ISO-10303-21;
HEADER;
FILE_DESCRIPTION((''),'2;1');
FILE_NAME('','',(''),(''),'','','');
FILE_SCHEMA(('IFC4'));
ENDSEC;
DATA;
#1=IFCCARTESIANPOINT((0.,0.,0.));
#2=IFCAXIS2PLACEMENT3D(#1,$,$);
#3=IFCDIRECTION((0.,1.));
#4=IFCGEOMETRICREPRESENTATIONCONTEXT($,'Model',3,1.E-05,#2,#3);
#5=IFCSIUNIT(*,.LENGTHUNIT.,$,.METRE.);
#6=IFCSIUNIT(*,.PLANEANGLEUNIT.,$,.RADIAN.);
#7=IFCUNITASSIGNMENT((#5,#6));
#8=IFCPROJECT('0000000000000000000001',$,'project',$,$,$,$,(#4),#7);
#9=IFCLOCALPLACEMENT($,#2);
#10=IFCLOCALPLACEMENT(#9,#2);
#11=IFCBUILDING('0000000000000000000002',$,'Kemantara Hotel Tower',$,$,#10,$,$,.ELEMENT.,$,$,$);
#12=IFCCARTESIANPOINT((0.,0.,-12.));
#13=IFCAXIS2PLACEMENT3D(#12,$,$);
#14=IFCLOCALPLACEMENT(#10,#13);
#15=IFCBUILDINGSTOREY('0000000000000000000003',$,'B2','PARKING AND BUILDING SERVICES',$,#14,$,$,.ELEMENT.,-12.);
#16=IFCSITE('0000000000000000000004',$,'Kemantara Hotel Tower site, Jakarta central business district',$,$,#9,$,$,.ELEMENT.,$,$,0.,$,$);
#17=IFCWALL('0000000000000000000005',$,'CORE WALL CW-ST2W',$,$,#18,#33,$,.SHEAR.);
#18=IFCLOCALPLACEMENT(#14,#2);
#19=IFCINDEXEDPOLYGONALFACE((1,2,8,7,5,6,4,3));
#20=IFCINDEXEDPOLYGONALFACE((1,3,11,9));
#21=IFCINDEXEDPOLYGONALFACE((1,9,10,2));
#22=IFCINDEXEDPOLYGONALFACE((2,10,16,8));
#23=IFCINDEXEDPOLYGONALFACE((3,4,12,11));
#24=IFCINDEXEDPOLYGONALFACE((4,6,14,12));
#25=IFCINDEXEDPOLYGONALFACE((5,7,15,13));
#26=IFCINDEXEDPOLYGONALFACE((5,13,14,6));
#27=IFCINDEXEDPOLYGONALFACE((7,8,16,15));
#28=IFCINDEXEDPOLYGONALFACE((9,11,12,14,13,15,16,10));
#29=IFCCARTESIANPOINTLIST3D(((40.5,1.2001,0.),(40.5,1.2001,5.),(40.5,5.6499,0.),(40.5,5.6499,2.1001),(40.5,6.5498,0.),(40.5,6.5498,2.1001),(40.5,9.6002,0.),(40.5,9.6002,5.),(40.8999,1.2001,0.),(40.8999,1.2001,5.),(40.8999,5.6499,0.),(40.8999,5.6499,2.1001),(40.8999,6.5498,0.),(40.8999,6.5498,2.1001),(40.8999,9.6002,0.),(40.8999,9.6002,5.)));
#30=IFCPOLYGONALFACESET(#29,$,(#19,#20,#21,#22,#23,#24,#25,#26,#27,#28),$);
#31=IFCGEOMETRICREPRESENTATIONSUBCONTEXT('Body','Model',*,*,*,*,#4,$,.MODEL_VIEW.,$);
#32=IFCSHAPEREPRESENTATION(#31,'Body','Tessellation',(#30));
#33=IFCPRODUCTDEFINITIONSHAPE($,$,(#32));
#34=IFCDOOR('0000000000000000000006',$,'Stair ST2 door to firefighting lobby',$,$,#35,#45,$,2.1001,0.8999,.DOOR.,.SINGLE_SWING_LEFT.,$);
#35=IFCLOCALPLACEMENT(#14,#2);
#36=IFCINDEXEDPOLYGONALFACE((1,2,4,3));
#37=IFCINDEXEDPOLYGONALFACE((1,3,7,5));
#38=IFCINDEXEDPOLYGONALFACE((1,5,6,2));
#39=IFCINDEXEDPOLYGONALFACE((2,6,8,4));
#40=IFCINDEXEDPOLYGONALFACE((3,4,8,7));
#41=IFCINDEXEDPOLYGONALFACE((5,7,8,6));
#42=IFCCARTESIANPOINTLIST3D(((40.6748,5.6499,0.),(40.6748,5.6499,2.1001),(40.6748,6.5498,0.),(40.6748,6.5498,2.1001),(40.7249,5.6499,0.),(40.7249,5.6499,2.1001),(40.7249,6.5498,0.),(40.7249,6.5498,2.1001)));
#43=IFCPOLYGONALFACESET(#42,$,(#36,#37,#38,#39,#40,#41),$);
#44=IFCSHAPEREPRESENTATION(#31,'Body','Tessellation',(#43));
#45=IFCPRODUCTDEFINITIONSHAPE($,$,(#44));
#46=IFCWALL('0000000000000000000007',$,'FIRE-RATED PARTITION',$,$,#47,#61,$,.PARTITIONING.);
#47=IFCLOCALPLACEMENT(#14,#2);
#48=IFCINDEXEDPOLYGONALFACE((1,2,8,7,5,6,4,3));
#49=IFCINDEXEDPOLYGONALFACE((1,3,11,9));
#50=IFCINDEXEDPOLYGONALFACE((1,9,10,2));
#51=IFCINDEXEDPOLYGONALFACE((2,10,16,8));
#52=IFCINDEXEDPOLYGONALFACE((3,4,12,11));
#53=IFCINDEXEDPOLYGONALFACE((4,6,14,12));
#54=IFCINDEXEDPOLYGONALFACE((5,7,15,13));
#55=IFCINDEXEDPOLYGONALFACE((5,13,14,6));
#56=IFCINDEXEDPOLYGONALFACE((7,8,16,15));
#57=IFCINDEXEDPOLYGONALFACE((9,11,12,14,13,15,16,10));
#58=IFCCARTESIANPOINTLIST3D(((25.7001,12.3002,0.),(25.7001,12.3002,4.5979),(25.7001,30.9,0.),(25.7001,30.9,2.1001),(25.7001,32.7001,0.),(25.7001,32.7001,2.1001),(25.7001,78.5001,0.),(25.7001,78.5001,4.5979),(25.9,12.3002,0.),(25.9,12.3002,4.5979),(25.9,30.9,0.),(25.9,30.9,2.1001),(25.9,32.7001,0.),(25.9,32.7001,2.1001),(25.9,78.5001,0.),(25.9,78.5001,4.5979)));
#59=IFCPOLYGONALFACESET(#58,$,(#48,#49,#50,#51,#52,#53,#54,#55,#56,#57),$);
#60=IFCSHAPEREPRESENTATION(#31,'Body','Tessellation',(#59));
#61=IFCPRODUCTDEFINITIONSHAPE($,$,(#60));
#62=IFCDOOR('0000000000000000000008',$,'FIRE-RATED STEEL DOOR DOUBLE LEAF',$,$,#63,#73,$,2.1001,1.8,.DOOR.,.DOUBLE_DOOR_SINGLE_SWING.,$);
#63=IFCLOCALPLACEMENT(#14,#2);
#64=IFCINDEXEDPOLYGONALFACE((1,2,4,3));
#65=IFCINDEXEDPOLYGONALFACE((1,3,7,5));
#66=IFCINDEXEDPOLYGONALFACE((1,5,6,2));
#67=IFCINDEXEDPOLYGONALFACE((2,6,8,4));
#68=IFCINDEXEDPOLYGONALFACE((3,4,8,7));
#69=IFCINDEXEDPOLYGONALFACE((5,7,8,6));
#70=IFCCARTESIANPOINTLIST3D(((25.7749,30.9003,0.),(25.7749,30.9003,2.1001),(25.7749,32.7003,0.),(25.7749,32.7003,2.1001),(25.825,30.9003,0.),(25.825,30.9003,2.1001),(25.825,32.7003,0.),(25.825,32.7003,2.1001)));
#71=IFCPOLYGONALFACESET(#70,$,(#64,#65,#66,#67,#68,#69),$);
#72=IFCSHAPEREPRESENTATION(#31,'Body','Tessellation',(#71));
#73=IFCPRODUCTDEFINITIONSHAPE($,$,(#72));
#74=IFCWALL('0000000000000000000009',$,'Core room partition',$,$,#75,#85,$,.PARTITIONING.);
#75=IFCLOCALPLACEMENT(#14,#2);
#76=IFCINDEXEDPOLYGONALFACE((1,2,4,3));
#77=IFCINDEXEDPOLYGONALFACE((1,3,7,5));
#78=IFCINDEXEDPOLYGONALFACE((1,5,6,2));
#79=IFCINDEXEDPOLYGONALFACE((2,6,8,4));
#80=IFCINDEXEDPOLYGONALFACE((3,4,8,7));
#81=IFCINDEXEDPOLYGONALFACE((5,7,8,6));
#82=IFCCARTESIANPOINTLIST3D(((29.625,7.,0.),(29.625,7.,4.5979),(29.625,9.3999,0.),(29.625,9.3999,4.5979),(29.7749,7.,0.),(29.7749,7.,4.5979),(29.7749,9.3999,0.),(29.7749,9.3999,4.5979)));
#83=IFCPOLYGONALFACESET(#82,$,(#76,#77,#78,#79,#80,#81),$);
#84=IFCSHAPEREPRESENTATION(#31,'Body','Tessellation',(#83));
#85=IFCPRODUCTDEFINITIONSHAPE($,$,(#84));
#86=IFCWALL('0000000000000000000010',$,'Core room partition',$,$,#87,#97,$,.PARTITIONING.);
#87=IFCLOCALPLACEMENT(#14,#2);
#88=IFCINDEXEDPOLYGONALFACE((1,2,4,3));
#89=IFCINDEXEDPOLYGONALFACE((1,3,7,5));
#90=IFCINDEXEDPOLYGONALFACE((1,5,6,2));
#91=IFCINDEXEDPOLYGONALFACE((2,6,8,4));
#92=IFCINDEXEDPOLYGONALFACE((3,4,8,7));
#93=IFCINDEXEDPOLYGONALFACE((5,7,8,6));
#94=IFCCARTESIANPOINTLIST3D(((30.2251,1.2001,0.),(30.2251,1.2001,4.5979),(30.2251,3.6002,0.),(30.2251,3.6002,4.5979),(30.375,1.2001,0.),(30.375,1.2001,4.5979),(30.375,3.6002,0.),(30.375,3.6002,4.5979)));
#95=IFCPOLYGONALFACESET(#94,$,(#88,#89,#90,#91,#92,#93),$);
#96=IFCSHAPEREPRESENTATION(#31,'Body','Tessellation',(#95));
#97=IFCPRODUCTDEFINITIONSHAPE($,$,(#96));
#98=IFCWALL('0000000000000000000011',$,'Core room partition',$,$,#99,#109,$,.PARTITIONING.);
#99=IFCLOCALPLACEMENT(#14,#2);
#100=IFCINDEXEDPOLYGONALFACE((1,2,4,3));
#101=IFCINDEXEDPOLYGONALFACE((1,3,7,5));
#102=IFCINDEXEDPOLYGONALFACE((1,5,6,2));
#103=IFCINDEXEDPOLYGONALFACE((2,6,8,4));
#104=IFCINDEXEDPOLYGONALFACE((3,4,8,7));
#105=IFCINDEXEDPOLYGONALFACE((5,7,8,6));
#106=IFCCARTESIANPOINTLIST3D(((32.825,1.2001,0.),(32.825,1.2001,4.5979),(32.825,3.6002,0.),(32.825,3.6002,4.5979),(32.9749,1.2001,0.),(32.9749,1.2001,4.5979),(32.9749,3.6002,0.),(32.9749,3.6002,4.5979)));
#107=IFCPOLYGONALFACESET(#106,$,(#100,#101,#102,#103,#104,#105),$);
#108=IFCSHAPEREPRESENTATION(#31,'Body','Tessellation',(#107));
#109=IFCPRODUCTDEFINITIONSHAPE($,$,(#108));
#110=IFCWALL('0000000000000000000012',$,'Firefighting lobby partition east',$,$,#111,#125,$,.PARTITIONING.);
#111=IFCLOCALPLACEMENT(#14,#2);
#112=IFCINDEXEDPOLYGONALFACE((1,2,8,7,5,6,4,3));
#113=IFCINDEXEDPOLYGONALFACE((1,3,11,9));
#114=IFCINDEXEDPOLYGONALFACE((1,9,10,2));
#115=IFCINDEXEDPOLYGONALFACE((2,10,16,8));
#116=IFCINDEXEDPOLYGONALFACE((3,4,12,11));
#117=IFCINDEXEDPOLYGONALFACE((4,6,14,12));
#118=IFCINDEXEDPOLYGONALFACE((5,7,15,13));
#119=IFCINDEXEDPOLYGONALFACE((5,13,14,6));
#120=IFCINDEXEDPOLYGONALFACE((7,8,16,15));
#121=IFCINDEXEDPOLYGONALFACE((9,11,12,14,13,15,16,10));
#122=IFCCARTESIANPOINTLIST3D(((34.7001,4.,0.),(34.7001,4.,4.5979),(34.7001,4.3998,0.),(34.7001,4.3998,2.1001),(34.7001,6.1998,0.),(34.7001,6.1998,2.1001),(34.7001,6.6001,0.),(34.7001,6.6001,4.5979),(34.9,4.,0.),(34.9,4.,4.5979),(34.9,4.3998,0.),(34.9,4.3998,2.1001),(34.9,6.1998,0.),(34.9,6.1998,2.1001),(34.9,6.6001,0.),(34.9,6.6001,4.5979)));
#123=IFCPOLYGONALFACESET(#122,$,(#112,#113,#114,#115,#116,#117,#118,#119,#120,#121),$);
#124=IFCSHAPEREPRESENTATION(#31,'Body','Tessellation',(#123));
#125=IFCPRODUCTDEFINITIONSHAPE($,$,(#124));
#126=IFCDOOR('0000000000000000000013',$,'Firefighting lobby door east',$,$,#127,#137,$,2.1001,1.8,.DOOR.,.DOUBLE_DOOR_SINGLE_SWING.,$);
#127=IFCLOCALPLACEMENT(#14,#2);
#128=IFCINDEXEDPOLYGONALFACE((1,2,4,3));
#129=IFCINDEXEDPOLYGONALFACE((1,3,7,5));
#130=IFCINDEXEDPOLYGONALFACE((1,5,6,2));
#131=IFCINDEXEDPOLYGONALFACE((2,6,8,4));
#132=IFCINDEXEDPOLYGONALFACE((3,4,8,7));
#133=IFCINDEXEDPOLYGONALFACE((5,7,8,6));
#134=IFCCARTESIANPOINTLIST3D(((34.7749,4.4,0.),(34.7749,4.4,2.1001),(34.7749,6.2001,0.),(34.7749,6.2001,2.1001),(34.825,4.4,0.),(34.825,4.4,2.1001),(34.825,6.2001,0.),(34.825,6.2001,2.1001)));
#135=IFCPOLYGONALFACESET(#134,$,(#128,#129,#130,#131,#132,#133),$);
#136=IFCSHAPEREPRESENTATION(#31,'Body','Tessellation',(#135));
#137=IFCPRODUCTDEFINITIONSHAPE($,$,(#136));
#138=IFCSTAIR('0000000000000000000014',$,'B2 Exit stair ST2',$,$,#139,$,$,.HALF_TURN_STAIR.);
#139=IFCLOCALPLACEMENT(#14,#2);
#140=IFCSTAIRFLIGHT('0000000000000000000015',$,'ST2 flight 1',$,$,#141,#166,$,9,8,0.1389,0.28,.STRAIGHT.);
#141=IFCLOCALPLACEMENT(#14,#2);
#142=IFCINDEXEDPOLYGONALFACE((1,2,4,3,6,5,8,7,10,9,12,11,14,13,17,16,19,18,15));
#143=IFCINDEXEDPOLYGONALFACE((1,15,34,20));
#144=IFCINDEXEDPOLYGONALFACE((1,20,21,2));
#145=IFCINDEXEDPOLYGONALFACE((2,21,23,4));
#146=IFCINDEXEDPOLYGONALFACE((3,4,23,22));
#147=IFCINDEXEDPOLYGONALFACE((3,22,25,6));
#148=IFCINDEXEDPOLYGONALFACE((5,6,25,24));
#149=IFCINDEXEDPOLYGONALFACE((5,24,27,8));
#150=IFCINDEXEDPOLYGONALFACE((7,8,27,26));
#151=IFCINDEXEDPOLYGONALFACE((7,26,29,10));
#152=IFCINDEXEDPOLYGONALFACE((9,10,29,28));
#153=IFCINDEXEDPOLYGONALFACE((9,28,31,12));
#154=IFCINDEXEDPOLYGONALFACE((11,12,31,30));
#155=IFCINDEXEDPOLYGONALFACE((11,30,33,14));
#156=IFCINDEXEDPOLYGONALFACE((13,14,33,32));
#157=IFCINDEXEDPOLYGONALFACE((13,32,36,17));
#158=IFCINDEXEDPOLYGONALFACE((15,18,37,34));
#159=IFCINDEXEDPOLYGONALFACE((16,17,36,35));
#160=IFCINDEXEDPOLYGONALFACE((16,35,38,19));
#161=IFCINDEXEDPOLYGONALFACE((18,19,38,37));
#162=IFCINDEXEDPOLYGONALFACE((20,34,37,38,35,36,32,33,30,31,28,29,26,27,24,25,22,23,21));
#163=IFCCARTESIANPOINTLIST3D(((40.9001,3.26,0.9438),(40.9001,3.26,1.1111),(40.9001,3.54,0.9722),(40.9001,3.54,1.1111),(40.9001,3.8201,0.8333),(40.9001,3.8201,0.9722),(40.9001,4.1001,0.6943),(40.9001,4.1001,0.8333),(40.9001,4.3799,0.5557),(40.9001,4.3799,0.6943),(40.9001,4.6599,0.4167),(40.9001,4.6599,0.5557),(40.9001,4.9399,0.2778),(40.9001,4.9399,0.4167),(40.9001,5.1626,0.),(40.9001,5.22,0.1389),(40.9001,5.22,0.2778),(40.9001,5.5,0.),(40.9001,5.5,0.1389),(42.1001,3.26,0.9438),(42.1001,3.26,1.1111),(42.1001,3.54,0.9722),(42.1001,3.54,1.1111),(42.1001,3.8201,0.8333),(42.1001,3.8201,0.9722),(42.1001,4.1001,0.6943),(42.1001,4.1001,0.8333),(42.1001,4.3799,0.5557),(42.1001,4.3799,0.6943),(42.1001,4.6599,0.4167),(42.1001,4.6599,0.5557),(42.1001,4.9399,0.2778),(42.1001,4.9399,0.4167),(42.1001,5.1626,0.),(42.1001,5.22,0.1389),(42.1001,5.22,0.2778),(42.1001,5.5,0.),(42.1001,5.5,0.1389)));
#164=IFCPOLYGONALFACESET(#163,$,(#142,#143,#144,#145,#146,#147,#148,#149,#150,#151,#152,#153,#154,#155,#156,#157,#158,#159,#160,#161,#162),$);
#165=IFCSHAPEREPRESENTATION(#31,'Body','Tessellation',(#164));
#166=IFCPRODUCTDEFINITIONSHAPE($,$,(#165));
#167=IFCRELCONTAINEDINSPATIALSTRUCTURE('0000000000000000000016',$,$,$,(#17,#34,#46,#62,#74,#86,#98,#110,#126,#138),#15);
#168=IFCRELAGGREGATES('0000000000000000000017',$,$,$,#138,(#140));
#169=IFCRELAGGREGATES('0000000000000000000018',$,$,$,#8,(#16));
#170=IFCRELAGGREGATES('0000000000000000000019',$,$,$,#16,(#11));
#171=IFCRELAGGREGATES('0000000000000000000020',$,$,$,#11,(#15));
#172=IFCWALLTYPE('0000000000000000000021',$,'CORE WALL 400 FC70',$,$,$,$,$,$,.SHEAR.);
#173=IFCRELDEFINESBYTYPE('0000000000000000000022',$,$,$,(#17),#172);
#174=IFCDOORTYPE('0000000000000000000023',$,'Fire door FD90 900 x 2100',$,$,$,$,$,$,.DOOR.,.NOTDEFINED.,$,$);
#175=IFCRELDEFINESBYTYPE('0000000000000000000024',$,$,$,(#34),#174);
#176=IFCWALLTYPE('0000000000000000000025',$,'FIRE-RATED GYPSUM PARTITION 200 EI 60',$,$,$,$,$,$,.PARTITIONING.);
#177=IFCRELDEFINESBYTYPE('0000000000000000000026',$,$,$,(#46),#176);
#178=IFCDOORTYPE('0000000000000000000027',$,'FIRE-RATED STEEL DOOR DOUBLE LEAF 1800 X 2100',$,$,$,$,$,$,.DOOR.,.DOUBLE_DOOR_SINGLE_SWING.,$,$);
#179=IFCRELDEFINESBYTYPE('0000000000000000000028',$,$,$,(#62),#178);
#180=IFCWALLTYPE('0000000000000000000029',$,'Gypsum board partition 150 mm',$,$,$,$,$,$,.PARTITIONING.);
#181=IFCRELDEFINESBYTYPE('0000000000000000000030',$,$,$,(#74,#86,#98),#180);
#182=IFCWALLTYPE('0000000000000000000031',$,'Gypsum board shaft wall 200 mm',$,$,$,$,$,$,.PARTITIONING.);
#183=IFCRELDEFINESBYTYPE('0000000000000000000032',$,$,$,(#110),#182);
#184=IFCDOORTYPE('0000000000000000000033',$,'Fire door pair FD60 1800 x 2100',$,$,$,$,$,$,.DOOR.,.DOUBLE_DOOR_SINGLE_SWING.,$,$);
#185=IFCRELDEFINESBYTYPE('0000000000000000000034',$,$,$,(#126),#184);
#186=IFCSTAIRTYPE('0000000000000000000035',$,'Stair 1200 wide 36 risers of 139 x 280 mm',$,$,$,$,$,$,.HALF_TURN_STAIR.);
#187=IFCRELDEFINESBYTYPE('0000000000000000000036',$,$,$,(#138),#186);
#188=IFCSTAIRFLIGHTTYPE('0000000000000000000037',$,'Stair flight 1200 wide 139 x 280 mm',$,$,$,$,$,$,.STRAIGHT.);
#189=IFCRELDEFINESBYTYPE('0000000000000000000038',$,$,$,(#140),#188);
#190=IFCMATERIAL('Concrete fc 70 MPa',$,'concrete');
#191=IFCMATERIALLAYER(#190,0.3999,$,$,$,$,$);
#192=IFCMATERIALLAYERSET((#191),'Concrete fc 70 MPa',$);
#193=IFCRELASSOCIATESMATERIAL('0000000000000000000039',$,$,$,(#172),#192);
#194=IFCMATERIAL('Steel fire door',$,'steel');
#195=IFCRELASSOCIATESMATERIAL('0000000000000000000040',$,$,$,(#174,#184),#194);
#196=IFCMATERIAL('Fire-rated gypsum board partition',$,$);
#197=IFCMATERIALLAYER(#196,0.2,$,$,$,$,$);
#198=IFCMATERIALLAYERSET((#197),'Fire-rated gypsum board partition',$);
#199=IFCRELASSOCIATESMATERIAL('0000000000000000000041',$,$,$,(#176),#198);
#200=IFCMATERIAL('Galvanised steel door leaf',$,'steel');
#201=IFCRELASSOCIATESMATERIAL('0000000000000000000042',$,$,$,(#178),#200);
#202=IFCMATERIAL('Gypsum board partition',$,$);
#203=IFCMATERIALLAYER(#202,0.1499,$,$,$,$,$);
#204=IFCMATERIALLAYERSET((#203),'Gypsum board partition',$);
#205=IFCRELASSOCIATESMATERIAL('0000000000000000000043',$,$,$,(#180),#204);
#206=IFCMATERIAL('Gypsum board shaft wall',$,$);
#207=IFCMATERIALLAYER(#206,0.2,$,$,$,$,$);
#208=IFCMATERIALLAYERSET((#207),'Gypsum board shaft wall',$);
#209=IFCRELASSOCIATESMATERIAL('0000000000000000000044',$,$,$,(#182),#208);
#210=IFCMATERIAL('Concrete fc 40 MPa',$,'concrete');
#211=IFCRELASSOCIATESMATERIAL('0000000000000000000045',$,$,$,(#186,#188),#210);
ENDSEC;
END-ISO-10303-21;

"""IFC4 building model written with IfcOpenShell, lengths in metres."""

from ifc_helpers import new_model, si_unit, direction, frame, frame_2d, origin, place, context, subcontext, project, spatial, polyline, rectangle, outline, extrude, material, layer, layer_set, type_object, element, fill, aggregate, save


model = new_model("IFC4")

# Units and contexts
model_context = context("Model", 3, precision=1e-05, world=origin(), true_north=direction((0.0, 1.0)))
body_context = subcontext(model_context, "Body", "Model", "MODEL_VIEW")
ifc_project = project(units=[si_unit("LENGTHUNIT", "METRE"), si_unit("PLANEANGLEUNIT", "RADIAN")], contexts=[model_context])

# Site, building, storey
site_placement = place(None, origin())
site = spatial("IfcSite", under=ifc_project, at=site_placement, Name="Kemantara Hotel Tower site, Jakarta central business district", CompositionType="ELEMENT", RefElevation=0.0)
building_placement = place(site_placement, origin())
building = spatial("IfcBuilding", under=site, at=building_placement, Name="Kemantara Hotel Tower", CompositionType="ELEMENT")
storey_placement = place(building_placement, frame((0.0, 0.0, -12.0)))
storey = spatial("IfcBuildingStorey", under=building, at=storey_placement, Name="B2", Description="PARKING AND BUILDING SERVICES", CompositionType="ELEMENT", Elevation=-12.0)

# Shared definitions
ifc_material_1 = material(Name="Concrete fc 70 MPa", Category="concrete")

# Shared definitions
ifc_layer_1 = layer(ifc_material_1, 0.3999)
ifc_layer_set_1 = layer_set([ifc_layer_1], Name="Concrete fc 70 MPa")
wall_type_1 = type_object("IfcWallType", Name="CORE WALL 400 FC70", PredefinedType="SHEAR", material=ifc_layer_set_1)
ifc_material_2 = material(Name="Steel fire door", Category="steel")

# Walls, openings, doors
wall_1_placement = place(storey_placement, frame((40.7, 1.2, 0.0), z_axis=(0.0, 0.0, 1.0), x_axis=(0.0, 1.0, 0.0)))
wall_1 = element("IfcWall", 1, at=wall_1_placement, inside=storey, type_object=wall_type_1, Name="CORE WALL CW-ST2W", PredefinedType="SHEAR", context=body_context, shape_type="SweptSolid", body=[
    extrude(rectangle(XDim=8.4001, YDim=0.3999, at=frame_2d((4.2002, 0.0))), origin(), (0.0, 0.0, 1.0), 5.0),
])
opening_1_placement = place(wall_1_placement, frame((4.45, 0.0, 0.0)))
opening_1 = element("IfcOpeningElement", 2, at=opening_1_placement, cuts=wall_1, PredefinedType="OPENING", context=body_context, shape_type="SweptSolid", body=[
    extrude(rectangle(XDim=0.8999, YDim=2.1001, at=frame_2d((0.45, 1.05))), frame((0.0, 0.21, 0.0), z_axis=(0.0, -1.0, 0.0), x_axis=(1.0, 0.0, 0.0)), (0.0, 0.0, 1.0), 0.4199),
])
door_type_1 = type_object("IfcDoorType", Name="Fire door FD90 900 x 2100", OperationType="NOTDEFINED", PredefinedType="DOOR", material=ifc_material_2)
door_1_placement = place(opening_1_placement, frame((0.8999, 0.0, 0.0), z_axis=(0.0, 0.0, 1.0), x_axis=(-1.0, 0.0, 0.0)))
door_1 = element("IfcDoor", 3, at=door_1_placement, inside=storey, type_object=door_type_1, Name="Stair ST2 door to firefighting lobby", OperationType="SINGLE_SWING_LEFT", OverallHeight=2.1001, OverallWidth=0.8999, PredefinedType="DOOR", context=body_context, shape_type="SweptSolid", body=[
    extrude(rectangle(XDim=0.8999, YDim=2.1001, at=frame_2d((0.45, 1.05))), frame((0.0, 0.0249, 0.0), z_axis=(0.0, -1.0, 0.0), x_axis=(1.0, 0.0, 0.0)), (0.0, 0.0, 1.0), 0.05),
])
fill(opening_1, door_1)
ifc_material_3 = material(Name="Fire-rated gypsum board partition")
ifc_layer_2 = layer(ifc_material_3, 0.2)
ifc_layer_set_2 = layer_set([ifc_layer_2], Name="Fire-rated gypsum board partition")
wall_type_2 = type_object("IfcWallType", Name="FIRE-RATED GYPSUM PARTITION 200 EI 60", PredefinedType="PARTITIONING", material=ifc_layer_set_2)
wall_2_placement = place(storey_placement, frame((25.8, 12.3, 0.0), z_axis=(0.0, 0.0, 1.0), x_axis=(0.0, 1.0, 0.0)))
wall_2 = element("IfcWall", 4, at=wall_2_placement, inside=storey, type_object=wall_type_2, Name="FIRE-RATED PARTITION", PredefinedType="PARTITIONING", context=body_context, shape_type="SweptSolid", body=[
    extrude(rectangle(XDim=66.2, YDim=0.2, at=frame_2d((33.1001, 0.0))), origin(), (0.0, 0.0, 1.0), 4.5979),
])
opening_2_placement = place(wall_2_placement, frame((18.6001, 0.0, 0.0)))
opening_2 = element("IfcOpeningElement", 5, at=opening_2_placement, cuts=wall_2, PredefinedType="OPENING", context=body_context, shape_type="SweptSolid", body=[
    extrude(rectangle(XDim=1.8, YDim=2.1001, at=frame_2d((0.8999, 1.05))), frame((0.0, 0.1099, 0.0), z_axis=(0.0, -1.0, 0.0), x_axis=(1.0, 0.0, 0.0)), (0.0, 0.0, 1.0), 0.22),
])
ifc_material_4 = material(Name="Galvanised steel door leaf", Category="steel")
door_type_2 = type_object("IfcDoorType", Name="FIRE-RATED STEEL DOOR DOUBLE LEAF 1800 X 2100", OperationType="DOUBLE_DOOR_SINGLE_SWING", PredefinedType="DOOR", material=ifc_material_4)
door_2_placement = place(opening_2_placement, frame((1.8, 0.0, 0.0), z_axis=(0.0, 0.0, 1.0), x_axis=(-1.0, 0.0, 0.0)))
door_2 = element("IfcDoor", 6, at=door_2_placement, inside=storey, type_object=door_type_2, Name="FIRE-RATED STEEL DOOR DOUBLE LEAF", OperationType="DOUBLE_DOOR_SINGLE_SWING", OverallHeight=2.1001, OverallWidth=1.8, PredefinedType="DOOR", context=body_context, shape_type="SweptSolid", body=[
    extrude(rectangle(XDim=1.8, YDim=2.1001, at=frame_2d((0.8999, 1.05))), frame((0.0, 0.0249, 0.0), z_axis=(0.0, -1.0, 0.0), x_axis=(1.0, 0.0, 0.0)), (0.0, 0.0, 1.0), 0.05),
])
fill(opening_2, door_2)

# Walls
ifc_material_5 = material(Name="Gypsum board partition")
ifc_layer_3 = layer(ifc_material_5, 0.1499)
ifc_layer_set_3 = layer_set([ifc_layer_3], Name="Gypsum board partition")
wall_type_3 = type_object("IfcWallType", Name="Gypsum board partition 150 mm", PredefinedType="PARTITIONING", material=ifc_layer_set_3)
wall_3_placement = place(storey_placement, frame((29.7, 7.0, 0.0), z_axis=(0.0, 0.0, 1.0), x_axis=(0.0, 1.0, 0.0)))
element("IfcWall", 7, at=wall_3_placement, inside=storey, type_object=wall_type_3, Name="Core room partition", PredefinedType="PARTITIONING", context=body_context, shape_type="SweptSolid", body=[
    extrude(rectangle(XDim=2.3999, YDim=0.1499, at=frame_2d((1.2, 0.0))), origin(), (0.0, 0.0, 1.0), 4.5979),
])
for number, where, z_axis, x_axis, name in (
    (8, (30.3, 1.2, 0.0), (0.0, 0.0, 1.0), (0.0, 1.0, 0.0), "Core room partition"),
    (9, (32.8999, 1.2, 0.0), (0.0, 0.0, 1.0), (0.0, 1.0, 0.0), "Core room partition"),
):
    element("IfcWall", number, at=place(storey_placement, frame(where, z_axis=z_axis, x_axis=x_axis)), inside=storey, type_object=wall_type_3, Name=name, PredefinedType="PARTITIONING", context=body_context, shape_type="SweptSolid", body=[
        extrude(rectangle(XDim=2.4001, YDim=0.1499, at=frame_2d((1.2002, 0.0))), origin(), (0.0, 0.0, 1.0), 4.5979),
    ])

# Wall, opening, door
ifc_material_6 = material(Name="Gypsum board shaft wall")
ifc_layer_4 = layer(ifc_material_6, 0.2)
ifc_layer_set_4 = layer_set([ifc_layer_4], Name="Gypsum board shaft wall")
wall_type_4 = type_object("IfcWallType", Name="Gypsum board shaft wall 200 mm", PredefinedType="PARTITIONING", material=ifc_layer_set_4)
wall_4_placement = place(storey_placement, frame((34.8, 4.0, 0.0), z_axis=(0.0, 0.0, 1.0), x_axis=(0.0, 1.0, 0.0)))
wall_4 = element("IfcWall", 10, at=wall_4_placement, inside=storey, type_object=wall_type_4, Name="Firefighting lobby partition east", PredefinedType="PARTITIONING", context=body_context, shape_type="SweptSolid", body=[
    extrude(rectangle(XDim=2.6001, YDim=0.2, at=frame_2d((1.3, 0.0))), origin(), (0.0, 0.0, 1.0), 4.5979),
])
opening_3_placement = place(wall_4_placement, frame((0.3999, 0.0, 0.0)))
opening_3 = element("IfcOpeningElement", 11, at=opening_3_placement, cuts=wall_4, PredefinedType="OPENING", context=body_context, shape_type="SweptSolid", body=[
    extrude(rectangle(XDim=1.8, YDim=2.1001, at=frame_2d((0.8999, 1.05))), frame((0.0, 0.1099, 0.0), z_axis=(0.0, -1.0, 0.0), x_axis=(1.0, 0.0, 0.0)), (0.0, 0.0, 1.0), 0.22),
])
door_type_3 = type_object("IfcDoorType", Name="Fire door pair FD60 1800 x 2100", OperationType="DOUBLE_DOOR_SINGLE_SWING", PredefinedType="DOOR", material=ifc_material_2)
door_3_placement = place(opening_3_placement, frame((1.8, 0.0, 0.0), z_axis=(0.0, 0.0, 1.0), x_axis=(-1.0, 0.0, 0.0)))
door_3 = element("IfcDoor", 12, at=door_3_placement, inside=storey, type_object=door_type_3, Name="Firefighting lobby door east", OperationType="DOUBLE_DOOR_SINGLE_SWING", OverallHeight=2.1001, OverallWidth=1.8, PredefinedType="DOOR", context=body_context, shape_type="SweptSolid", body=[
    extrude(rectangle(XDim=1.8, YDim=2.1001, at=frame_2d((0.8999, 1.05))), frame((0.0, 0.0249, 0.0), z_axis=(0.0, -1.0, 0.0), x_axis=(1.0, 0.0, 0.0)), (0.0, 0.0, 1.0), 0.05),
])
fill(opening_3, door_3)

# Stair, stair flight
ifc_material_7 = material(Name="Concrete fc 40 MPa", Category="concrete")
stair_type = type_object("IfcStairType", Name="Stair 1200 wide 36 risers of 139 x 280 mm", PredefinedType="HALF_TURN_STAIR", material=ifc_material_7)
stair_placement = place(storey_placement, origin())
stair = element("IfcStair", 13, at=stair_placement, inside=storey, type_object=stair_type, Name="B2 Exit stair ST2", PredefinedType="HALF_TURN_STAIR")
stair_flight_type = type_object("IfcStairFlightType", Name="Stair flight 1200 wide 139 x 280 mm", PredefinedType="STRAIGHT", material=ifc_material_7)
stair_flight_1_placement = place(storey_placement, frame((41.5, 5.5, 0.0), z_axis=(0.0, 0.0, 1.0), x_axis=(0.0, -1.0, 0.0)))
stair_flight_1 = element("IfcStairFlight", 14, at=stair_flight_1_placement, type_object=stair_flight_type, Name="ST2 flight 1", NumberOfRisers=9, NumberOfTreads=8, PredefinedType="STRAIGHT", RiserHeight=0.1389, TreadLength=0.28, context=body_context, shape_type="SweptSolid", body=[
    extrude(outline(polyline([(0.0, 0.0), (0.0, 0.1389), (0.28, 0.1389), (0.28, 0.2778), (0.5601, 0.2778), (0.5601, 0.4167), (0.8401, 0.4167), (0.8401, 0.5557), (1.1201, 0.5557), (1.1201, 0.6943), (1.3999, 0.6943), (1.3999, 0.8333), (1.6799, 0.8333), (1.6799, 0.9722), (1.96, 0.9722), (1.96, 1.1111), (2.24, 1.1111), (2.24, 1.25), (2.24, 0.9438), (0.3374, 0.0), (0.0, 0.0)])), frame((0.0, 0.6001, 0.0), z_axis=(0.0, -1.0, 0.0), x_axis=(1.0, 0.0, 0.0)), (0.0, 0.0, 1.0), 1.2),
])
aggregate(stair, [stair_flight_1])

save(model, "model.ifc")
